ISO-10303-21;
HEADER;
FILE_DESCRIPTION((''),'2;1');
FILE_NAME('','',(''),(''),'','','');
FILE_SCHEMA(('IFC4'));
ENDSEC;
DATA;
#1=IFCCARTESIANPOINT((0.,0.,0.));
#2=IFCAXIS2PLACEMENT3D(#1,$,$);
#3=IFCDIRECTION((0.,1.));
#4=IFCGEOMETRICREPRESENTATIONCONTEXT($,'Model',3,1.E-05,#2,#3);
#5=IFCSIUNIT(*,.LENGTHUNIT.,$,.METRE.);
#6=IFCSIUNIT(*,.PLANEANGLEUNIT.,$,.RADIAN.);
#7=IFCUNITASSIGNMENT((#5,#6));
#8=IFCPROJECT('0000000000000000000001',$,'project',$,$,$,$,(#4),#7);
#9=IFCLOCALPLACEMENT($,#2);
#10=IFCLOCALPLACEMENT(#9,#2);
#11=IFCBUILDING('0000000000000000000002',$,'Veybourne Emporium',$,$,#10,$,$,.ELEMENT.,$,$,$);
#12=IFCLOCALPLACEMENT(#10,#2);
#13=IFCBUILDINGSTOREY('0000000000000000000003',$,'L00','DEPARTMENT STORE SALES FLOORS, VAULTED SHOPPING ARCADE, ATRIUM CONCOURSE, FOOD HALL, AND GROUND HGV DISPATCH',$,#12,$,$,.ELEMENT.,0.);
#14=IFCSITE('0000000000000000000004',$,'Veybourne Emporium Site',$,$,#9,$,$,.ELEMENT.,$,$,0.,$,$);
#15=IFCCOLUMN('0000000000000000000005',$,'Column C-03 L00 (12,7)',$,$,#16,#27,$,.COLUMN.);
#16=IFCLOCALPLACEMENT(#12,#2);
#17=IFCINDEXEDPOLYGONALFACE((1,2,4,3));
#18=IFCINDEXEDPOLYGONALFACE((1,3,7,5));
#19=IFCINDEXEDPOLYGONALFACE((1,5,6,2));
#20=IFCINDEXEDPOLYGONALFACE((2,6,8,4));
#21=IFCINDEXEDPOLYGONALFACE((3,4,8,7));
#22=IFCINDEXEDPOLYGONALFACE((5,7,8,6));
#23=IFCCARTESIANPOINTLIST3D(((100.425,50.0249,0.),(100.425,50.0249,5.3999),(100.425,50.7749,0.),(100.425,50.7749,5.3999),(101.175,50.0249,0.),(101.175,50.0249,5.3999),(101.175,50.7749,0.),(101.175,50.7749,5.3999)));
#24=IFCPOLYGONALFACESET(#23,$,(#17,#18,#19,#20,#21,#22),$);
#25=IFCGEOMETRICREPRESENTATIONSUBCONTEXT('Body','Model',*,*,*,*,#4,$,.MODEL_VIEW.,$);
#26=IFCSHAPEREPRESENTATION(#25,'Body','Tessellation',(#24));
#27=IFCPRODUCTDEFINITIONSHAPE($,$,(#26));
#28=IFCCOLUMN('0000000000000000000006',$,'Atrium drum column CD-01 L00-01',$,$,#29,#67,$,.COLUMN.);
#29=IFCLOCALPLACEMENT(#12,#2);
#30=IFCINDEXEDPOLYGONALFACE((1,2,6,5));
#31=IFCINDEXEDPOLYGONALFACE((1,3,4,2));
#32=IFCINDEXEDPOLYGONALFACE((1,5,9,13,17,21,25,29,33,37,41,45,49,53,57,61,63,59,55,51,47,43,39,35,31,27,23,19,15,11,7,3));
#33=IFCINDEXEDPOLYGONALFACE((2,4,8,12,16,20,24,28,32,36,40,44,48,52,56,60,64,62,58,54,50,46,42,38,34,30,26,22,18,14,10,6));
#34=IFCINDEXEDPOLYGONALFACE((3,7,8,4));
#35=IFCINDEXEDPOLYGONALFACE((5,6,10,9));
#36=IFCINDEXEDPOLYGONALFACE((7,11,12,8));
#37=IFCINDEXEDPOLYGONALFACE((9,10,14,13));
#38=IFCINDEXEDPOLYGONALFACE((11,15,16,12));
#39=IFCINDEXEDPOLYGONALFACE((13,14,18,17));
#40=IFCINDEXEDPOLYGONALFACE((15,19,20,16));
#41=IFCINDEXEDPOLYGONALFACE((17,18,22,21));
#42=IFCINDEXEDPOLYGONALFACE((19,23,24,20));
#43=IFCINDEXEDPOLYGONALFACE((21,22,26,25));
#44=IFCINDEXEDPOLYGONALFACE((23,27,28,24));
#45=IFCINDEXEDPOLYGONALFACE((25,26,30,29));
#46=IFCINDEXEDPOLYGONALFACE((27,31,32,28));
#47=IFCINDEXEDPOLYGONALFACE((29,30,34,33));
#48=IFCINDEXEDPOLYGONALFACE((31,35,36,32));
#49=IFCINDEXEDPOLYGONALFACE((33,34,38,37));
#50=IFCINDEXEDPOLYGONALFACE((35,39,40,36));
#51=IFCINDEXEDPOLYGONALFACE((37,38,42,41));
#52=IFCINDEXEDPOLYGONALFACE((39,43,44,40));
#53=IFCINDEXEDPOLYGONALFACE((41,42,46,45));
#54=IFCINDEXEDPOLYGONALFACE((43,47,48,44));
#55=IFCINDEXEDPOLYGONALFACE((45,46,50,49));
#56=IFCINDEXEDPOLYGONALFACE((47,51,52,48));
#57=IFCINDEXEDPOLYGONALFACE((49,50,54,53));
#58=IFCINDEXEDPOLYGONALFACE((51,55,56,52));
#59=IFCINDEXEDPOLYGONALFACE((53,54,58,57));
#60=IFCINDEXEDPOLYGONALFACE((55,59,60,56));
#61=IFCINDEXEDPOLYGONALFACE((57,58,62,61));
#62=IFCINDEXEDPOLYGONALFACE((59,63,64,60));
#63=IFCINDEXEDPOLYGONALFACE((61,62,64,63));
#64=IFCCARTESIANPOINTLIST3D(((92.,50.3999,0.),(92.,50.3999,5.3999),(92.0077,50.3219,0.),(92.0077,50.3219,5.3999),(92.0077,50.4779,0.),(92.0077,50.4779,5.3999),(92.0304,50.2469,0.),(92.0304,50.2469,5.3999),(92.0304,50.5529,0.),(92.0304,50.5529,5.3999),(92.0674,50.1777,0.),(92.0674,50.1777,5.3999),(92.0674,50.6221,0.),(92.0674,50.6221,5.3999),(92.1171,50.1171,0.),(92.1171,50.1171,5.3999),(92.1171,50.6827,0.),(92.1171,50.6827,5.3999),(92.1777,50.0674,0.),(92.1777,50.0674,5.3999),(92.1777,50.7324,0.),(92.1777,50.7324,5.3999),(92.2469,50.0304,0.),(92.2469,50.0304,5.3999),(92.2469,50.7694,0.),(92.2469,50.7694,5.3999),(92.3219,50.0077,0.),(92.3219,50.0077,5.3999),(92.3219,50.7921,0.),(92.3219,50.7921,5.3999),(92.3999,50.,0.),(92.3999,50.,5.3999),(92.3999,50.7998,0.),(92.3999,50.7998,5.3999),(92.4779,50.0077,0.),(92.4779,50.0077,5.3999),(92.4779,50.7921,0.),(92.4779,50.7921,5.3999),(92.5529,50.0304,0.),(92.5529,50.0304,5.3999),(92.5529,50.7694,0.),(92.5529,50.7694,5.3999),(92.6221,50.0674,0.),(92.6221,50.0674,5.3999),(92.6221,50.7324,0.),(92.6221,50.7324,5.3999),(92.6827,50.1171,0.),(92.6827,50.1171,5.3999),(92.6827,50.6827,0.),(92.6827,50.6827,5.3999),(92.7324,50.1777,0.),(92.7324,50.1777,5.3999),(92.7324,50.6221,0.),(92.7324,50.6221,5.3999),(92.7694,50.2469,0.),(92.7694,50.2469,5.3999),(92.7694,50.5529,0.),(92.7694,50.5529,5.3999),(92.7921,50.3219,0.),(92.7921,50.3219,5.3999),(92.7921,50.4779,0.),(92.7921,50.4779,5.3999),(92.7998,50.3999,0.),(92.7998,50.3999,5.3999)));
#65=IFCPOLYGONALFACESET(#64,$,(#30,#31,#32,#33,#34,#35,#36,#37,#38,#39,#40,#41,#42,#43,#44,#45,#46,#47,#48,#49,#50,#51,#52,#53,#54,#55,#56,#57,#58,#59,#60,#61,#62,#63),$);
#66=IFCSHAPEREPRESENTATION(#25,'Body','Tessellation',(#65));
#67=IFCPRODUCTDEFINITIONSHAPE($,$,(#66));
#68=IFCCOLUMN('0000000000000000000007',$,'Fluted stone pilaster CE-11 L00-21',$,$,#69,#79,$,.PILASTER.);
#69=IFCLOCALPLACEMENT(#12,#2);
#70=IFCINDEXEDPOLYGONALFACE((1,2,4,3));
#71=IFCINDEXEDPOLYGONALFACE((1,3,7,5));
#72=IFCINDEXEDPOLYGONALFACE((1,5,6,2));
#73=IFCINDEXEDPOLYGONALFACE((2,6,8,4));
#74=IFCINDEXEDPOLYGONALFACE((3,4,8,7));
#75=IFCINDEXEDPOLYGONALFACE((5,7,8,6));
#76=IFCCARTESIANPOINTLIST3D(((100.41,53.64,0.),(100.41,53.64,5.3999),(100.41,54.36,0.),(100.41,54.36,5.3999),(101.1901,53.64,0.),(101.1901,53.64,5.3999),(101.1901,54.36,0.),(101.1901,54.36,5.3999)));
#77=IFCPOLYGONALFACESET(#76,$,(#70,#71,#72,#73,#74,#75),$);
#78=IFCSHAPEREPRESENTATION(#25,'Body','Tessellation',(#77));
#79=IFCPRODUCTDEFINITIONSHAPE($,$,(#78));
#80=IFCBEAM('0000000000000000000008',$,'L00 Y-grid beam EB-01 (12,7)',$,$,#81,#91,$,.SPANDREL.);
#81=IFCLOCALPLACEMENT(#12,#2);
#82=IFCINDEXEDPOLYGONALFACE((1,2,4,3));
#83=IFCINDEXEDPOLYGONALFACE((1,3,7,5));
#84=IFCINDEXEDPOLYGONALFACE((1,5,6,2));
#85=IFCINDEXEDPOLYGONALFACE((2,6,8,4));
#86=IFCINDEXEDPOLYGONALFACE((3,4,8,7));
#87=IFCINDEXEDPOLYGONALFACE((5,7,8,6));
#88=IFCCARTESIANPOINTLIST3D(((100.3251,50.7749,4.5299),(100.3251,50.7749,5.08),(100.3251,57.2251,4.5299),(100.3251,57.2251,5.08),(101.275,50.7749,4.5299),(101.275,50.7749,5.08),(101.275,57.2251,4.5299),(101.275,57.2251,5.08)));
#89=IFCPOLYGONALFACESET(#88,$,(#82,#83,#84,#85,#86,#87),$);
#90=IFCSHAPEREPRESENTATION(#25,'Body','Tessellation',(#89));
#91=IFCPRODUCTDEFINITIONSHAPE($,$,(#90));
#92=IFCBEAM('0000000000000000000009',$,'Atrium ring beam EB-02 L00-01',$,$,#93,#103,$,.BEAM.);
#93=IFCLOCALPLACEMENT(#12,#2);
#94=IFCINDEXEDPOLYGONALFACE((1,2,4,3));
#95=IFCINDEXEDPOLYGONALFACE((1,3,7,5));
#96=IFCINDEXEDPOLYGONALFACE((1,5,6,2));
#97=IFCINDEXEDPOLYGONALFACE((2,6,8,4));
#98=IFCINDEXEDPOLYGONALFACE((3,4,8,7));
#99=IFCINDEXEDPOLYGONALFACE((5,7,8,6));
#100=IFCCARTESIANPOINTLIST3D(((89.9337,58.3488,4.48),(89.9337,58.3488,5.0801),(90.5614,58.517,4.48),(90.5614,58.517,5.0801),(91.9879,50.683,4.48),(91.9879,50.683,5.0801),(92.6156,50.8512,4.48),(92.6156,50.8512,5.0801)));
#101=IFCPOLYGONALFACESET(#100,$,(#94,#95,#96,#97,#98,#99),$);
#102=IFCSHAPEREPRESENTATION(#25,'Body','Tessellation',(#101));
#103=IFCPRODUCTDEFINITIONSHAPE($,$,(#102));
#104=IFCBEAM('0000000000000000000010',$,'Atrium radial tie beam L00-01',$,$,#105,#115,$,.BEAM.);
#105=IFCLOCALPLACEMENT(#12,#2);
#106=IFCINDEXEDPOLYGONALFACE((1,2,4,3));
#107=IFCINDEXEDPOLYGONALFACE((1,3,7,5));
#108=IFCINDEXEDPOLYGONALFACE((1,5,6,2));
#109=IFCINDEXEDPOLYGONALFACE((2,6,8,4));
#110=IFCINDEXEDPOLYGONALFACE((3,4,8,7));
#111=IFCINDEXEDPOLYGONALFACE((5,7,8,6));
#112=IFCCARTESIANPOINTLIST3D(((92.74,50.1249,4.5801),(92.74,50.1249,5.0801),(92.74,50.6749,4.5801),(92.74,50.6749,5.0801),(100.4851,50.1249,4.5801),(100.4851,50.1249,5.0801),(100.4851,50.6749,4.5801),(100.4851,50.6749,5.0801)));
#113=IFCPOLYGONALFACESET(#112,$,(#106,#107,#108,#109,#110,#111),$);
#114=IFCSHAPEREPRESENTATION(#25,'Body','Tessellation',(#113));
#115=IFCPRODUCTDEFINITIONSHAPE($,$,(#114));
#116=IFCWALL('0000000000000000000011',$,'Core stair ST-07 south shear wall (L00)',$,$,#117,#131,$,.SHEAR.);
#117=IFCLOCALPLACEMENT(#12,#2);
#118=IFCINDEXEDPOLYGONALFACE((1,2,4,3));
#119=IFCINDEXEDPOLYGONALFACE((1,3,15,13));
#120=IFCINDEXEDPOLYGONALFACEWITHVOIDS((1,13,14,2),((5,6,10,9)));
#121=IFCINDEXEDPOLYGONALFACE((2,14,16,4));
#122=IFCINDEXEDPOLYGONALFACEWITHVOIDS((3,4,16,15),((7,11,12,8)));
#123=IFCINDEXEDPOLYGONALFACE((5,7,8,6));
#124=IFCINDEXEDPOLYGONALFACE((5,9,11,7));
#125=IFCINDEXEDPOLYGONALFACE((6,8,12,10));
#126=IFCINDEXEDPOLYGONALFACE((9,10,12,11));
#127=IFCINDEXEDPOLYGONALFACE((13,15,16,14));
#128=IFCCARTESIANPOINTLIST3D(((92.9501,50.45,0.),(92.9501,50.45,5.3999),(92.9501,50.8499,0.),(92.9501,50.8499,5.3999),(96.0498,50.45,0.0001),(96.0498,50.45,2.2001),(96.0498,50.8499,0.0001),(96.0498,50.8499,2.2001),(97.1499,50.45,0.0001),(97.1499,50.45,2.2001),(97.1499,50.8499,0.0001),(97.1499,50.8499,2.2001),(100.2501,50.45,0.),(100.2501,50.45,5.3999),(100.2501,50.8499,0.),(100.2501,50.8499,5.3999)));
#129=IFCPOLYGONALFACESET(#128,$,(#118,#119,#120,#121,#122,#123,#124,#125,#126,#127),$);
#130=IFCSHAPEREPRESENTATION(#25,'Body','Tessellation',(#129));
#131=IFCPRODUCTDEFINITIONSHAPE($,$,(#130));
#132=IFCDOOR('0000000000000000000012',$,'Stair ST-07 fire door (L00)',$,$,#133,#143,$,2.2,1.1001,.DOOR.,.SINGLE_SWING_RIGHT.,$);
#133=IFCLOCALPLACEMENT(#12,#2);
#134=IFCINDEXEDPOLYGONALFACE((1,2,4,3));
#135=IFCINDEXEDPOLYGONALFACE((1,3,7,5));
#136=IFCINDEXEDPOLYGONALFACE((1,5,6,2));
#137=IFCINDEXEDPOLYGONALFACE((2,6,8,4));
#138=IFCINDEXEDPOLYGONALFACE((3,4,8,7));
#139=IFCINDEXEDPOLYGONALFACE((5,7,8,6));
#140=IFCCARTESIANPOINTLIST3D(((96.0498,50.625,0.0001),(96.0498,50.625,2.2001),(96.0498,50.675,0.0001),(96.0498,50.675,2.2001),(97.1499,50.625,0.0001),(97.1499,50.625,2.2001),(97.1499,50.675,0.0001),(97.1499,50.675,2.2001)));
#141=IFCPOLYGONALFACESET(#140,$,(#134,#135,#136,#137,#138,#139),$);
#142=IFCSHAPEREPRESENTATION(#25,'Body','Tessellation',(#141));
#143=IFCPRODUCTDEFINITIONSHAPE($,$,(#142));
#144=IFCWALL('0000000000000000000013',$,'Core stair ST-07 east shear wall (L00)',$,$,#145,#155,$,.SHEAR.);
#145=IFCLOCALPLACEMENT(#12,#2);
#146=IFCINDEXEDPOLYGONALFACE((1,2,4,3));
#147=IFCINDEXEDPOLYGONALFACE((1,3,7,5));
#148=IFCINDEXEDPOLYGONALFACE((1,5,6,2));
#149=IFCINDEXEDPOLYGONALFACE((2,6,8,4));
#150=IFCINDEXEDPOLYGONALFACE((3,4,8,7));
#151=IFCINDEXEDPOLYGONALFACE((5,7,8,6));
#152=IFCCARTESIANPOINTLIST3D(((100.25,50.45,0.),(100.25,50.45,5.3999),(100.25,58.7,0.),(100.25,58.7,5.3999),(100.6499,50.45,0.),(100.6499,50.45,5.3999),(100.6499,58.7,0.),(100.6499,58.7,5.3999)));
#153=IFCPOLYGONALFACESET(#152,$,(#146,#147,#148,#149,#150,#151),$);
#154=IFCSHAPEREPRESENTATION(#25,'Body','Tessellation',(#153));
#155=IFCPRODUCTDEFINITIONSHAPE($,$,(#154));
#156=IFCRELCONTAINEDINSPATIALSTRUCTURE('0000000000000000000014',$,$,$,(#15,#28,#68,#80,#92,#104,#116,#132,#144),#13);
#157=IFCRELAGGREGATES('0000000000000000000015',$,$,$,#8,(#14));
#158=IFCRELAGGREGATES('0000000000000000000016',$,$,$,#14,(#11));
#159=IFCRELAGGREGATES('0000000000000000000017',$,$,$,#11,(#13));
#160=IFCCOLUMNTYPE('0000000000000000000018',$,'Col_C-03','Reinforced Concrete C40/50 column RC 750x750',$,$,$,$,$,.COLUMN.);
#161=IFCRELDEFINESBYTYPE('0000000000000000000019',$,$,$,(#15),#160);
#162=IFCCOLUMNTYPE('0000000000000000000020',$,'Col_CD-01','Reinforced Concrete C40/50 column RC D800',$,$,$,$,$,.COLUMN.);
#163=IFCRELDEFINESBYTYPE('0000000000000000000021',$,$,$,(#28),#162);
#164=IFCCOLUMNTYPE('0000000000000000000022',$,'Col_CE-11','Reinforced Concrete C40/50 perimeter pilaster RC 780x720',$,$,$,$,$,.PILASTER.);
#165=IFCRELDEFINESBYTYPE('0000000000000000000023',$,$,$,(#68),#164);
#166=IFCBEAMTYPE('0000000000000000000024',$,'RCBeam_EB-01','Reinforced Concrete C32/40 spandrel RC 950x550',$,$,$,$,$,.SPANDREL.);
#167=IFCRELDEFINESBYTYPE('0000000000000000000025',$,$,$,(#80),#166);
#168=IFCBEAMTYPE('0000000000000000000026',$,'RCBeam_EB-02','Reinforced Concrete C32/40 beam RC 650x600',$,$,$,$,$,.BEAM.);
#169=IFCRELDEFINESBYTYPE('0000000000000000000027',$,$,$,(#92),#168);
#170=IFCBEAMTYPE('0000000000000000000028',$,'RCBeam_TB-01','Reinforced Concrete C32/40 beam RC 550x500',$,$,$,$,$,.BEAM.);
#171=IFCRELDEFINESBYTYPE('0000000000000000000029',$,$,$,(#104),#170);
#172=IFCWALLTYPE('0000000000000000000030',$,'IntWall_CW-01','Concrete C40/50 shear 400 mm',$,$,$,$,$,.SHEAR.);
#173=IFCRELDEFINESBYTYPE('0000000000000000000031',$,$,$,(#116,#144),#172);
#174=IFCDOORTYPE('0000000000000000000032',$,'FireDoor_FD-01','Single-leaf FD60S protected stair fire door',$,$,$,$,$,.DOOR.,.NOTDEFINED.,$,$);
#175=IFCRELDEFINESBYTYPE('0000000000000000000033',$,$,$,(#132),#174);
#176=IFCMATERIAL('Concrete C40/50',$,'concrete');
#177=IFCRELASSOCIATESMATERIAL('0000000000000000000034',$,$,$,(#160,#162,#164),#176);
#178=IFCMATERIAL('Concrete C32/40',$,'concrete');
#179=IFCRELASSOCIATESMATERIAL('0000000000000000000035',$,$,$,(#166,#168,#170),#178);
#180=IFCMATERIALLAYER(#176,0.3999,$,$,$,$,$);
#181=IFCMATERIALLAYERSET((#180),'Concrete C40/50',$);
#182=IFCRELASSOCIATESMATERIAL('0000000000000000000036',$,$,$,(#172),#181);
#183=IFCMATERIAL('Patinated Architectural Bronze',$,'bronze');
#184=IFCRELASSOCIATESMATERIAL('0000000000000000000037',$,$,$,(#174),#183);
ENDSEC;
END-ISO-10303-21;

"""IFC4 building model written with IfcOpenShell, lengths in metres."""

from ifc_helpers import new_model, si_unit, direction, frame, frame_2d, origin, origin_2d, place, context, subcontext, project, spatial, rectangle, circle, extrude, material, layer, layer_set, material_profile, profile_set, type_object, element, fill, save


model = new_model("IFC4")

# Units and contexts
model_context = context("Model", 3, precision=1e-05, world=origin(), true_north=direction((0.0, 1.0)))
body_context = subcontext(model_context, "Body", "Model", "MODEL_VIEW")
ifc_project = project(units=[si_unit("LENGTHUNIT", "METRE"), si_unit("PLANEANGLEUNIT", "RADIAN")], contexts=[model_context])

# Site, building, storey
site_placement = place(None, origin())
site = spatial("IfcSite", under=ifc_project, at=site_placement, Name="Veybourne Emporium Site", CompositionType="ELEMENT", RefElevation=0.0)
building_placement = place(site_placement, origin())
building = spatial("IfcBuilding", under=site, at=building_placement, Name="Veybourne Emporium", CompositionType="ELEMENT")
storey_placement = place(building_placement, origin())
storey = spatial("IfcBuildingStorey", under=building, at=storey_placement, Name="L00", Description="DEPARTMENT STORE SALES FLOORS, VAULTED SHOPPING ARCADE, ATRIUM CONCOURSE, FOOD HALL, AND GROUND HGV DISPATCH", CompositionType="ELEMENT", Elevation=0.0)

# Columns
ifc_material_1 = material(Name="Concrete C40/50", Category="concrete")
ifc_material_profile_1 = material_profile(ifc_material_1, rectangle(XDim=0.75, YDim=0.75, at=origin_2d()), Name="RC 750x750")
ifc_profile_set_1 = profile_set([ifc_material_profile_1], Name="Concrete C40/50")
column_type_1 = type_object("IfcColumnType", Name="Col_C-03", Description="Reinforced Concrete C40/50 column RC 750x750", PredefinedType="COLUMN", material=ifc_profile_set_1)
column_1_placement = place(storey_placement, frame((100.8, 50.3999, 0.0), z_axis=(0.0, 0.0, 1.0), x_axis=(1.0, 0.0, 0.0)))
element("IfcColumn", 1, at=column_1_placement, inside=storey, type_object=column_type_1, Name="Column C-03 L00 (12,7)", PredefinedType="COLUMN", context=body_context, shape_type="SweptSolid", body=[
    extrude(rectangle(XDim=0.75, YDim=0.75, at=origin_2d()), origin(), (0.0, 0.0, 1.0), 5.3999),
])
ifc_material_profile_2 = material_profile(ifc_material_1, circle(Radius=0.3999, at=origin_2d()), Name="RC D800")
ifc_profile_set_2 = profile_set([ifc_material_profile_2], Name="Concrete C40/50")
column_type_2 = type_object("IfcColumnType", Name="Col_CD-01", Description="Reinforced Concrete C40/50 column RC D800", PredefinedType="COLUMN", material=ifc_profile_set_2)
column_2_placement = place(storey_placement, frame((92.3999, 50.3999, 0.0), z_axis=(0.0, 0.0, 1.0), x_axis=(1.0, 0.0, 0.0)))
element("IfcColumn", 2, at=column_2_placement, inside=storey, type_object=column_type_2, Name="Atrium drum column CD-01 L00-01", PredefinedType="COLUMN", context=body_context, shape_type="SweptSolid", body=[
    extrude(circle(Radius=0.3999, at=origin_2d()), origin(), (0.0, 0.0, 1.0), 5.3999),
])
ifc_material_profile_3 = material_profile(ifc_material_1, rectangle(XDim=0.78, YDim=0.72, at=origin_2d()), Name="RC 780x720")
ifc_profile_set_3 = profile_set([ifc_material_profile_3], Name="Concrete C40/50")
column_type_3 = type_object("IfcColumnType", Name="Col_CE-11", Description="Reinforced Concrete C40/50 perimeter pilaster RC 780x720", PredefinedType="PILASTER", material=ifc_profile_set_3)
column_3_placement = place(storey_placement, frame((100.8, 54.0, 0.0), z_axis=(0.0, 0.0, 1.0), x_axis=(1.0, 0.0, 0.0)))
element("IfcColumn", 3, at=column_3_placement, inside=storey, type_object=column_type_3, Name="Fluted stone pilaster CE-11 L00-21", PredefinedType="PILASTER", context=body_context, shape_type="SweptSolid", body=[
    extrude(rectangle(XDim=0.78, YDim=0.72, at=origin_2d()), origin(), (0.0, 0.0, 1.0), 5.3999),
])

# Beams
ifc_material_2 = material(Name="Concrete C32/40", Category="concrete")
ifc_material_profile_4 = material_profile(ifc_material_2, rectangle(XDim=0.95, YDim=0.55, at=origin_2d()), Name="RC 950x550")
ifc_profile_set_4 = profile_set([ifc_material_profile_4], Name="Concrete C32/40")
beam_type_1 = type_object("IfcBeamType", Name="RCBeam_EB-01", Description="Reinforced Concrete C32/40 spandrel RC 950x550", PredefinedType="SPANDREL", material=ifc_profile_set_4)
beam_1_placement = place(storey_placement, frame((100.8, 50.7749, 4.8049), z_axis=(0.0, 1.0, 0.0), x_axis=(-1.0, 0.0, 0.0)))
element("IfcBeam", 4, at=beam_1_placement, inside=storey, type_object=beam_type_1, Name="L00 Y-grid beam EB-01 (12,7)", PredefinedType="SPANDREL", context=body_context, shape_type="SweptSolid", body=[
    extrude(rectangle(XDim=0.95, YDim=0.55, at=origin_2d()), origin(), (0.0, 0.0, 1.0), 6.4502),
])
ifc_material_profile_5 = material_profile(ifc_material_2, rectangle(XDim=0.6499, YDim=0.6001, at=origin_2d()), Name="RC 650x600")
ifc_profile_set_5 = profile_set([ifc_material_profile_5], Name="Concrete C32/40")
beam_type_2 = type_object("IfcBeamType", Name="RCBeam_EB-02", Description="Reinforced Concrete C32/40 beam RC 650x600", PredefinedType="BEAM", material=ifc_profile_set_5)
beam_2_placement = place(storey_placement, frame((92.3018, 50.7671, 4.78), z_axis=(-0.258838, 0.965921, 0.0), x_axis=(-0.965921, -0.258838, 0.0)))
element("IfcBeam", 5, at=beam_2_placement, inside=storey, type_object=beam_type_2, Name="Atrium ring beam EB-02 L00-01", PredefinedType="BEAM", context=body_context, shape_type="SweptSolid", body=[
    extrude(rectangle(XDim=0.6499, YDim=0.6001, at=origin_2d()), origin(), (0.0, 0.0, 1.0), 7.9363),
])
ifc_material_profile_6 = material_profile(ifc_material_2, rectangle(XDim=0.55, YDim=0.5, at=origin_2d()), Name="RC 550x500")
ifc_profile_set_6 = profile_set([ifc_material_profile_6], Name="Concrete C32/40")
beam_type_3 = type_object("IfcBeamType", Name="RCBeam_TB-01", Description="Reinforced Concrete C32/40 beam RC 550x500", PredefinedType="BEAM", material=ifc_profile_set_6)
beam_3_placement = place(storey_placement, frame((92.74, 50.3999, 4.8301), z_axis=(1.0, 0.0, 0.0), x_axis=(0.0, 1.0, 0.0)))
element("IfcBeam", 6, at=beam_3_placement, inside=storey, type_object=beam_type_3, Name="Atrium radial tie beam L00-01", PredefinedType="BEAM", context=body_context, shape_type="SweptSolid", body=[
    extrude(rectangle(XDim=0.55, YDim=0.5, at=origin_2d()), origin(), (0.0, 0.0, 1.0), 7.7451),
])

# Wall, opening, door
ifc_material_3 = material(Name="Patinated Architectural Bronze", Category="bronze")
ifc_layer_1 = layer(ifc_material_1, 0.3999)
ifc_layer_set_1 = layer_set([ifc_layer_1], Name="Concrete C40/50")
wall_type_1 = type_object("IfcWallType", Name="IntWall_CW-01", Description="Concrete C40/50 shear 400 mm", PredefinedType="SHEAR", material=ifc_layer_set_1)
wall_1_placement = place(storey_placement, frame((100.25, 50.6499, 0.0), z_axis=(0.0, 0.0, 1.0), x_axis=(-1.0, 0.0, 0.0)))
wall_1 = element("IfcWall", 7, at=wall_1_placement, inside=storey, type_object=wall_type_1, Name="Core stair ST-07 south shear wall (L00)", PredefinedType="SHEAR", context=body_context, shape_type="SweptSolid", body=[
    extrude(rectangle(XDim=7.3, YDim=0.3999, at=frame_2d((3.6499, 0.0))), origin(), (0.0, 0.0, 1.0), 5.3999),
])
opening_1_placement = place(wall_1_placement, frame((3.1001, 0.0, 0.0)))
opening_1 = element("IfcOpeningElement", 8, at=opening_1_placement, cuts=wall_1, PredefinedType="OPENING", context=body_context, shape_type="SweptSolid", body=[
    extrude(rectangle(XDim=1.1001, YDim=2.2, at=frame_2d((0.55, 1.1001))), frame((0.0, 0.22, 0.0), z_axis=(0.0, -1.0, 0.0), x_axis=(1.0, 0.0, 0.0)), (0.0, 0.0, 1.0), 0.4399),
])
door_type_1 = type_object("IfcDoorType", Name="FireDoor_FD-01", Description="Single-leaf FD60S protected stair fire door", OperationType="NOTDEFINED", PredefinedType="DOOR", material=ifc_material_3)
door_1_placement = place(opening_1_placement, origin())
door_1 = element("IfcDoor", 9, at=door_1_placement, inside=storey, type_object=door_type_1, Name="Stair ST-07 fire door (L00)", OperationType="SINGLE_SWING_RIGHT", OverallHeight=2.2, OverallWidth=1.1001, PredefinedType="DOOR", context=body_context, shape_type="SweptSolid", body=[
    extrude(rectangle(XDim=1.1001, YDim=2.2, at=frame_2d((0.55, 1.1001))), frame((0.0, 0.0249, 0.0), z_axis=(0.0, -1.0, 0.0), x_axis=(1.0, 0.0, 0.0)), (0.0, 0.0, 1.0), 0.05),
])
fill(opening_1, door_1)

# Wall
wall_2_placement = place(storey_placement, frame((100.45, 50.45, 0.0), z_axis=(0.0, 0.0, 1.0), x_axis=(0.0, 1.0, 0.0)))
element("IfcWall", 10, at=wall_2_placement, inside=storey, type_object=wall_type_1, Name="Core stair ST-07 east shear wall (L00)", PredefinedType="SHEAR", context=body_context, shape_type="SweptSolid", body=[
    extrude(rectangle(XDim=8.25, YDim=0.3999, at=frame_2d((4.125, 0.0))), origin(), (0.0, 0.0, 1.0), 5.3999),
])

save(model, "model.ifc")
